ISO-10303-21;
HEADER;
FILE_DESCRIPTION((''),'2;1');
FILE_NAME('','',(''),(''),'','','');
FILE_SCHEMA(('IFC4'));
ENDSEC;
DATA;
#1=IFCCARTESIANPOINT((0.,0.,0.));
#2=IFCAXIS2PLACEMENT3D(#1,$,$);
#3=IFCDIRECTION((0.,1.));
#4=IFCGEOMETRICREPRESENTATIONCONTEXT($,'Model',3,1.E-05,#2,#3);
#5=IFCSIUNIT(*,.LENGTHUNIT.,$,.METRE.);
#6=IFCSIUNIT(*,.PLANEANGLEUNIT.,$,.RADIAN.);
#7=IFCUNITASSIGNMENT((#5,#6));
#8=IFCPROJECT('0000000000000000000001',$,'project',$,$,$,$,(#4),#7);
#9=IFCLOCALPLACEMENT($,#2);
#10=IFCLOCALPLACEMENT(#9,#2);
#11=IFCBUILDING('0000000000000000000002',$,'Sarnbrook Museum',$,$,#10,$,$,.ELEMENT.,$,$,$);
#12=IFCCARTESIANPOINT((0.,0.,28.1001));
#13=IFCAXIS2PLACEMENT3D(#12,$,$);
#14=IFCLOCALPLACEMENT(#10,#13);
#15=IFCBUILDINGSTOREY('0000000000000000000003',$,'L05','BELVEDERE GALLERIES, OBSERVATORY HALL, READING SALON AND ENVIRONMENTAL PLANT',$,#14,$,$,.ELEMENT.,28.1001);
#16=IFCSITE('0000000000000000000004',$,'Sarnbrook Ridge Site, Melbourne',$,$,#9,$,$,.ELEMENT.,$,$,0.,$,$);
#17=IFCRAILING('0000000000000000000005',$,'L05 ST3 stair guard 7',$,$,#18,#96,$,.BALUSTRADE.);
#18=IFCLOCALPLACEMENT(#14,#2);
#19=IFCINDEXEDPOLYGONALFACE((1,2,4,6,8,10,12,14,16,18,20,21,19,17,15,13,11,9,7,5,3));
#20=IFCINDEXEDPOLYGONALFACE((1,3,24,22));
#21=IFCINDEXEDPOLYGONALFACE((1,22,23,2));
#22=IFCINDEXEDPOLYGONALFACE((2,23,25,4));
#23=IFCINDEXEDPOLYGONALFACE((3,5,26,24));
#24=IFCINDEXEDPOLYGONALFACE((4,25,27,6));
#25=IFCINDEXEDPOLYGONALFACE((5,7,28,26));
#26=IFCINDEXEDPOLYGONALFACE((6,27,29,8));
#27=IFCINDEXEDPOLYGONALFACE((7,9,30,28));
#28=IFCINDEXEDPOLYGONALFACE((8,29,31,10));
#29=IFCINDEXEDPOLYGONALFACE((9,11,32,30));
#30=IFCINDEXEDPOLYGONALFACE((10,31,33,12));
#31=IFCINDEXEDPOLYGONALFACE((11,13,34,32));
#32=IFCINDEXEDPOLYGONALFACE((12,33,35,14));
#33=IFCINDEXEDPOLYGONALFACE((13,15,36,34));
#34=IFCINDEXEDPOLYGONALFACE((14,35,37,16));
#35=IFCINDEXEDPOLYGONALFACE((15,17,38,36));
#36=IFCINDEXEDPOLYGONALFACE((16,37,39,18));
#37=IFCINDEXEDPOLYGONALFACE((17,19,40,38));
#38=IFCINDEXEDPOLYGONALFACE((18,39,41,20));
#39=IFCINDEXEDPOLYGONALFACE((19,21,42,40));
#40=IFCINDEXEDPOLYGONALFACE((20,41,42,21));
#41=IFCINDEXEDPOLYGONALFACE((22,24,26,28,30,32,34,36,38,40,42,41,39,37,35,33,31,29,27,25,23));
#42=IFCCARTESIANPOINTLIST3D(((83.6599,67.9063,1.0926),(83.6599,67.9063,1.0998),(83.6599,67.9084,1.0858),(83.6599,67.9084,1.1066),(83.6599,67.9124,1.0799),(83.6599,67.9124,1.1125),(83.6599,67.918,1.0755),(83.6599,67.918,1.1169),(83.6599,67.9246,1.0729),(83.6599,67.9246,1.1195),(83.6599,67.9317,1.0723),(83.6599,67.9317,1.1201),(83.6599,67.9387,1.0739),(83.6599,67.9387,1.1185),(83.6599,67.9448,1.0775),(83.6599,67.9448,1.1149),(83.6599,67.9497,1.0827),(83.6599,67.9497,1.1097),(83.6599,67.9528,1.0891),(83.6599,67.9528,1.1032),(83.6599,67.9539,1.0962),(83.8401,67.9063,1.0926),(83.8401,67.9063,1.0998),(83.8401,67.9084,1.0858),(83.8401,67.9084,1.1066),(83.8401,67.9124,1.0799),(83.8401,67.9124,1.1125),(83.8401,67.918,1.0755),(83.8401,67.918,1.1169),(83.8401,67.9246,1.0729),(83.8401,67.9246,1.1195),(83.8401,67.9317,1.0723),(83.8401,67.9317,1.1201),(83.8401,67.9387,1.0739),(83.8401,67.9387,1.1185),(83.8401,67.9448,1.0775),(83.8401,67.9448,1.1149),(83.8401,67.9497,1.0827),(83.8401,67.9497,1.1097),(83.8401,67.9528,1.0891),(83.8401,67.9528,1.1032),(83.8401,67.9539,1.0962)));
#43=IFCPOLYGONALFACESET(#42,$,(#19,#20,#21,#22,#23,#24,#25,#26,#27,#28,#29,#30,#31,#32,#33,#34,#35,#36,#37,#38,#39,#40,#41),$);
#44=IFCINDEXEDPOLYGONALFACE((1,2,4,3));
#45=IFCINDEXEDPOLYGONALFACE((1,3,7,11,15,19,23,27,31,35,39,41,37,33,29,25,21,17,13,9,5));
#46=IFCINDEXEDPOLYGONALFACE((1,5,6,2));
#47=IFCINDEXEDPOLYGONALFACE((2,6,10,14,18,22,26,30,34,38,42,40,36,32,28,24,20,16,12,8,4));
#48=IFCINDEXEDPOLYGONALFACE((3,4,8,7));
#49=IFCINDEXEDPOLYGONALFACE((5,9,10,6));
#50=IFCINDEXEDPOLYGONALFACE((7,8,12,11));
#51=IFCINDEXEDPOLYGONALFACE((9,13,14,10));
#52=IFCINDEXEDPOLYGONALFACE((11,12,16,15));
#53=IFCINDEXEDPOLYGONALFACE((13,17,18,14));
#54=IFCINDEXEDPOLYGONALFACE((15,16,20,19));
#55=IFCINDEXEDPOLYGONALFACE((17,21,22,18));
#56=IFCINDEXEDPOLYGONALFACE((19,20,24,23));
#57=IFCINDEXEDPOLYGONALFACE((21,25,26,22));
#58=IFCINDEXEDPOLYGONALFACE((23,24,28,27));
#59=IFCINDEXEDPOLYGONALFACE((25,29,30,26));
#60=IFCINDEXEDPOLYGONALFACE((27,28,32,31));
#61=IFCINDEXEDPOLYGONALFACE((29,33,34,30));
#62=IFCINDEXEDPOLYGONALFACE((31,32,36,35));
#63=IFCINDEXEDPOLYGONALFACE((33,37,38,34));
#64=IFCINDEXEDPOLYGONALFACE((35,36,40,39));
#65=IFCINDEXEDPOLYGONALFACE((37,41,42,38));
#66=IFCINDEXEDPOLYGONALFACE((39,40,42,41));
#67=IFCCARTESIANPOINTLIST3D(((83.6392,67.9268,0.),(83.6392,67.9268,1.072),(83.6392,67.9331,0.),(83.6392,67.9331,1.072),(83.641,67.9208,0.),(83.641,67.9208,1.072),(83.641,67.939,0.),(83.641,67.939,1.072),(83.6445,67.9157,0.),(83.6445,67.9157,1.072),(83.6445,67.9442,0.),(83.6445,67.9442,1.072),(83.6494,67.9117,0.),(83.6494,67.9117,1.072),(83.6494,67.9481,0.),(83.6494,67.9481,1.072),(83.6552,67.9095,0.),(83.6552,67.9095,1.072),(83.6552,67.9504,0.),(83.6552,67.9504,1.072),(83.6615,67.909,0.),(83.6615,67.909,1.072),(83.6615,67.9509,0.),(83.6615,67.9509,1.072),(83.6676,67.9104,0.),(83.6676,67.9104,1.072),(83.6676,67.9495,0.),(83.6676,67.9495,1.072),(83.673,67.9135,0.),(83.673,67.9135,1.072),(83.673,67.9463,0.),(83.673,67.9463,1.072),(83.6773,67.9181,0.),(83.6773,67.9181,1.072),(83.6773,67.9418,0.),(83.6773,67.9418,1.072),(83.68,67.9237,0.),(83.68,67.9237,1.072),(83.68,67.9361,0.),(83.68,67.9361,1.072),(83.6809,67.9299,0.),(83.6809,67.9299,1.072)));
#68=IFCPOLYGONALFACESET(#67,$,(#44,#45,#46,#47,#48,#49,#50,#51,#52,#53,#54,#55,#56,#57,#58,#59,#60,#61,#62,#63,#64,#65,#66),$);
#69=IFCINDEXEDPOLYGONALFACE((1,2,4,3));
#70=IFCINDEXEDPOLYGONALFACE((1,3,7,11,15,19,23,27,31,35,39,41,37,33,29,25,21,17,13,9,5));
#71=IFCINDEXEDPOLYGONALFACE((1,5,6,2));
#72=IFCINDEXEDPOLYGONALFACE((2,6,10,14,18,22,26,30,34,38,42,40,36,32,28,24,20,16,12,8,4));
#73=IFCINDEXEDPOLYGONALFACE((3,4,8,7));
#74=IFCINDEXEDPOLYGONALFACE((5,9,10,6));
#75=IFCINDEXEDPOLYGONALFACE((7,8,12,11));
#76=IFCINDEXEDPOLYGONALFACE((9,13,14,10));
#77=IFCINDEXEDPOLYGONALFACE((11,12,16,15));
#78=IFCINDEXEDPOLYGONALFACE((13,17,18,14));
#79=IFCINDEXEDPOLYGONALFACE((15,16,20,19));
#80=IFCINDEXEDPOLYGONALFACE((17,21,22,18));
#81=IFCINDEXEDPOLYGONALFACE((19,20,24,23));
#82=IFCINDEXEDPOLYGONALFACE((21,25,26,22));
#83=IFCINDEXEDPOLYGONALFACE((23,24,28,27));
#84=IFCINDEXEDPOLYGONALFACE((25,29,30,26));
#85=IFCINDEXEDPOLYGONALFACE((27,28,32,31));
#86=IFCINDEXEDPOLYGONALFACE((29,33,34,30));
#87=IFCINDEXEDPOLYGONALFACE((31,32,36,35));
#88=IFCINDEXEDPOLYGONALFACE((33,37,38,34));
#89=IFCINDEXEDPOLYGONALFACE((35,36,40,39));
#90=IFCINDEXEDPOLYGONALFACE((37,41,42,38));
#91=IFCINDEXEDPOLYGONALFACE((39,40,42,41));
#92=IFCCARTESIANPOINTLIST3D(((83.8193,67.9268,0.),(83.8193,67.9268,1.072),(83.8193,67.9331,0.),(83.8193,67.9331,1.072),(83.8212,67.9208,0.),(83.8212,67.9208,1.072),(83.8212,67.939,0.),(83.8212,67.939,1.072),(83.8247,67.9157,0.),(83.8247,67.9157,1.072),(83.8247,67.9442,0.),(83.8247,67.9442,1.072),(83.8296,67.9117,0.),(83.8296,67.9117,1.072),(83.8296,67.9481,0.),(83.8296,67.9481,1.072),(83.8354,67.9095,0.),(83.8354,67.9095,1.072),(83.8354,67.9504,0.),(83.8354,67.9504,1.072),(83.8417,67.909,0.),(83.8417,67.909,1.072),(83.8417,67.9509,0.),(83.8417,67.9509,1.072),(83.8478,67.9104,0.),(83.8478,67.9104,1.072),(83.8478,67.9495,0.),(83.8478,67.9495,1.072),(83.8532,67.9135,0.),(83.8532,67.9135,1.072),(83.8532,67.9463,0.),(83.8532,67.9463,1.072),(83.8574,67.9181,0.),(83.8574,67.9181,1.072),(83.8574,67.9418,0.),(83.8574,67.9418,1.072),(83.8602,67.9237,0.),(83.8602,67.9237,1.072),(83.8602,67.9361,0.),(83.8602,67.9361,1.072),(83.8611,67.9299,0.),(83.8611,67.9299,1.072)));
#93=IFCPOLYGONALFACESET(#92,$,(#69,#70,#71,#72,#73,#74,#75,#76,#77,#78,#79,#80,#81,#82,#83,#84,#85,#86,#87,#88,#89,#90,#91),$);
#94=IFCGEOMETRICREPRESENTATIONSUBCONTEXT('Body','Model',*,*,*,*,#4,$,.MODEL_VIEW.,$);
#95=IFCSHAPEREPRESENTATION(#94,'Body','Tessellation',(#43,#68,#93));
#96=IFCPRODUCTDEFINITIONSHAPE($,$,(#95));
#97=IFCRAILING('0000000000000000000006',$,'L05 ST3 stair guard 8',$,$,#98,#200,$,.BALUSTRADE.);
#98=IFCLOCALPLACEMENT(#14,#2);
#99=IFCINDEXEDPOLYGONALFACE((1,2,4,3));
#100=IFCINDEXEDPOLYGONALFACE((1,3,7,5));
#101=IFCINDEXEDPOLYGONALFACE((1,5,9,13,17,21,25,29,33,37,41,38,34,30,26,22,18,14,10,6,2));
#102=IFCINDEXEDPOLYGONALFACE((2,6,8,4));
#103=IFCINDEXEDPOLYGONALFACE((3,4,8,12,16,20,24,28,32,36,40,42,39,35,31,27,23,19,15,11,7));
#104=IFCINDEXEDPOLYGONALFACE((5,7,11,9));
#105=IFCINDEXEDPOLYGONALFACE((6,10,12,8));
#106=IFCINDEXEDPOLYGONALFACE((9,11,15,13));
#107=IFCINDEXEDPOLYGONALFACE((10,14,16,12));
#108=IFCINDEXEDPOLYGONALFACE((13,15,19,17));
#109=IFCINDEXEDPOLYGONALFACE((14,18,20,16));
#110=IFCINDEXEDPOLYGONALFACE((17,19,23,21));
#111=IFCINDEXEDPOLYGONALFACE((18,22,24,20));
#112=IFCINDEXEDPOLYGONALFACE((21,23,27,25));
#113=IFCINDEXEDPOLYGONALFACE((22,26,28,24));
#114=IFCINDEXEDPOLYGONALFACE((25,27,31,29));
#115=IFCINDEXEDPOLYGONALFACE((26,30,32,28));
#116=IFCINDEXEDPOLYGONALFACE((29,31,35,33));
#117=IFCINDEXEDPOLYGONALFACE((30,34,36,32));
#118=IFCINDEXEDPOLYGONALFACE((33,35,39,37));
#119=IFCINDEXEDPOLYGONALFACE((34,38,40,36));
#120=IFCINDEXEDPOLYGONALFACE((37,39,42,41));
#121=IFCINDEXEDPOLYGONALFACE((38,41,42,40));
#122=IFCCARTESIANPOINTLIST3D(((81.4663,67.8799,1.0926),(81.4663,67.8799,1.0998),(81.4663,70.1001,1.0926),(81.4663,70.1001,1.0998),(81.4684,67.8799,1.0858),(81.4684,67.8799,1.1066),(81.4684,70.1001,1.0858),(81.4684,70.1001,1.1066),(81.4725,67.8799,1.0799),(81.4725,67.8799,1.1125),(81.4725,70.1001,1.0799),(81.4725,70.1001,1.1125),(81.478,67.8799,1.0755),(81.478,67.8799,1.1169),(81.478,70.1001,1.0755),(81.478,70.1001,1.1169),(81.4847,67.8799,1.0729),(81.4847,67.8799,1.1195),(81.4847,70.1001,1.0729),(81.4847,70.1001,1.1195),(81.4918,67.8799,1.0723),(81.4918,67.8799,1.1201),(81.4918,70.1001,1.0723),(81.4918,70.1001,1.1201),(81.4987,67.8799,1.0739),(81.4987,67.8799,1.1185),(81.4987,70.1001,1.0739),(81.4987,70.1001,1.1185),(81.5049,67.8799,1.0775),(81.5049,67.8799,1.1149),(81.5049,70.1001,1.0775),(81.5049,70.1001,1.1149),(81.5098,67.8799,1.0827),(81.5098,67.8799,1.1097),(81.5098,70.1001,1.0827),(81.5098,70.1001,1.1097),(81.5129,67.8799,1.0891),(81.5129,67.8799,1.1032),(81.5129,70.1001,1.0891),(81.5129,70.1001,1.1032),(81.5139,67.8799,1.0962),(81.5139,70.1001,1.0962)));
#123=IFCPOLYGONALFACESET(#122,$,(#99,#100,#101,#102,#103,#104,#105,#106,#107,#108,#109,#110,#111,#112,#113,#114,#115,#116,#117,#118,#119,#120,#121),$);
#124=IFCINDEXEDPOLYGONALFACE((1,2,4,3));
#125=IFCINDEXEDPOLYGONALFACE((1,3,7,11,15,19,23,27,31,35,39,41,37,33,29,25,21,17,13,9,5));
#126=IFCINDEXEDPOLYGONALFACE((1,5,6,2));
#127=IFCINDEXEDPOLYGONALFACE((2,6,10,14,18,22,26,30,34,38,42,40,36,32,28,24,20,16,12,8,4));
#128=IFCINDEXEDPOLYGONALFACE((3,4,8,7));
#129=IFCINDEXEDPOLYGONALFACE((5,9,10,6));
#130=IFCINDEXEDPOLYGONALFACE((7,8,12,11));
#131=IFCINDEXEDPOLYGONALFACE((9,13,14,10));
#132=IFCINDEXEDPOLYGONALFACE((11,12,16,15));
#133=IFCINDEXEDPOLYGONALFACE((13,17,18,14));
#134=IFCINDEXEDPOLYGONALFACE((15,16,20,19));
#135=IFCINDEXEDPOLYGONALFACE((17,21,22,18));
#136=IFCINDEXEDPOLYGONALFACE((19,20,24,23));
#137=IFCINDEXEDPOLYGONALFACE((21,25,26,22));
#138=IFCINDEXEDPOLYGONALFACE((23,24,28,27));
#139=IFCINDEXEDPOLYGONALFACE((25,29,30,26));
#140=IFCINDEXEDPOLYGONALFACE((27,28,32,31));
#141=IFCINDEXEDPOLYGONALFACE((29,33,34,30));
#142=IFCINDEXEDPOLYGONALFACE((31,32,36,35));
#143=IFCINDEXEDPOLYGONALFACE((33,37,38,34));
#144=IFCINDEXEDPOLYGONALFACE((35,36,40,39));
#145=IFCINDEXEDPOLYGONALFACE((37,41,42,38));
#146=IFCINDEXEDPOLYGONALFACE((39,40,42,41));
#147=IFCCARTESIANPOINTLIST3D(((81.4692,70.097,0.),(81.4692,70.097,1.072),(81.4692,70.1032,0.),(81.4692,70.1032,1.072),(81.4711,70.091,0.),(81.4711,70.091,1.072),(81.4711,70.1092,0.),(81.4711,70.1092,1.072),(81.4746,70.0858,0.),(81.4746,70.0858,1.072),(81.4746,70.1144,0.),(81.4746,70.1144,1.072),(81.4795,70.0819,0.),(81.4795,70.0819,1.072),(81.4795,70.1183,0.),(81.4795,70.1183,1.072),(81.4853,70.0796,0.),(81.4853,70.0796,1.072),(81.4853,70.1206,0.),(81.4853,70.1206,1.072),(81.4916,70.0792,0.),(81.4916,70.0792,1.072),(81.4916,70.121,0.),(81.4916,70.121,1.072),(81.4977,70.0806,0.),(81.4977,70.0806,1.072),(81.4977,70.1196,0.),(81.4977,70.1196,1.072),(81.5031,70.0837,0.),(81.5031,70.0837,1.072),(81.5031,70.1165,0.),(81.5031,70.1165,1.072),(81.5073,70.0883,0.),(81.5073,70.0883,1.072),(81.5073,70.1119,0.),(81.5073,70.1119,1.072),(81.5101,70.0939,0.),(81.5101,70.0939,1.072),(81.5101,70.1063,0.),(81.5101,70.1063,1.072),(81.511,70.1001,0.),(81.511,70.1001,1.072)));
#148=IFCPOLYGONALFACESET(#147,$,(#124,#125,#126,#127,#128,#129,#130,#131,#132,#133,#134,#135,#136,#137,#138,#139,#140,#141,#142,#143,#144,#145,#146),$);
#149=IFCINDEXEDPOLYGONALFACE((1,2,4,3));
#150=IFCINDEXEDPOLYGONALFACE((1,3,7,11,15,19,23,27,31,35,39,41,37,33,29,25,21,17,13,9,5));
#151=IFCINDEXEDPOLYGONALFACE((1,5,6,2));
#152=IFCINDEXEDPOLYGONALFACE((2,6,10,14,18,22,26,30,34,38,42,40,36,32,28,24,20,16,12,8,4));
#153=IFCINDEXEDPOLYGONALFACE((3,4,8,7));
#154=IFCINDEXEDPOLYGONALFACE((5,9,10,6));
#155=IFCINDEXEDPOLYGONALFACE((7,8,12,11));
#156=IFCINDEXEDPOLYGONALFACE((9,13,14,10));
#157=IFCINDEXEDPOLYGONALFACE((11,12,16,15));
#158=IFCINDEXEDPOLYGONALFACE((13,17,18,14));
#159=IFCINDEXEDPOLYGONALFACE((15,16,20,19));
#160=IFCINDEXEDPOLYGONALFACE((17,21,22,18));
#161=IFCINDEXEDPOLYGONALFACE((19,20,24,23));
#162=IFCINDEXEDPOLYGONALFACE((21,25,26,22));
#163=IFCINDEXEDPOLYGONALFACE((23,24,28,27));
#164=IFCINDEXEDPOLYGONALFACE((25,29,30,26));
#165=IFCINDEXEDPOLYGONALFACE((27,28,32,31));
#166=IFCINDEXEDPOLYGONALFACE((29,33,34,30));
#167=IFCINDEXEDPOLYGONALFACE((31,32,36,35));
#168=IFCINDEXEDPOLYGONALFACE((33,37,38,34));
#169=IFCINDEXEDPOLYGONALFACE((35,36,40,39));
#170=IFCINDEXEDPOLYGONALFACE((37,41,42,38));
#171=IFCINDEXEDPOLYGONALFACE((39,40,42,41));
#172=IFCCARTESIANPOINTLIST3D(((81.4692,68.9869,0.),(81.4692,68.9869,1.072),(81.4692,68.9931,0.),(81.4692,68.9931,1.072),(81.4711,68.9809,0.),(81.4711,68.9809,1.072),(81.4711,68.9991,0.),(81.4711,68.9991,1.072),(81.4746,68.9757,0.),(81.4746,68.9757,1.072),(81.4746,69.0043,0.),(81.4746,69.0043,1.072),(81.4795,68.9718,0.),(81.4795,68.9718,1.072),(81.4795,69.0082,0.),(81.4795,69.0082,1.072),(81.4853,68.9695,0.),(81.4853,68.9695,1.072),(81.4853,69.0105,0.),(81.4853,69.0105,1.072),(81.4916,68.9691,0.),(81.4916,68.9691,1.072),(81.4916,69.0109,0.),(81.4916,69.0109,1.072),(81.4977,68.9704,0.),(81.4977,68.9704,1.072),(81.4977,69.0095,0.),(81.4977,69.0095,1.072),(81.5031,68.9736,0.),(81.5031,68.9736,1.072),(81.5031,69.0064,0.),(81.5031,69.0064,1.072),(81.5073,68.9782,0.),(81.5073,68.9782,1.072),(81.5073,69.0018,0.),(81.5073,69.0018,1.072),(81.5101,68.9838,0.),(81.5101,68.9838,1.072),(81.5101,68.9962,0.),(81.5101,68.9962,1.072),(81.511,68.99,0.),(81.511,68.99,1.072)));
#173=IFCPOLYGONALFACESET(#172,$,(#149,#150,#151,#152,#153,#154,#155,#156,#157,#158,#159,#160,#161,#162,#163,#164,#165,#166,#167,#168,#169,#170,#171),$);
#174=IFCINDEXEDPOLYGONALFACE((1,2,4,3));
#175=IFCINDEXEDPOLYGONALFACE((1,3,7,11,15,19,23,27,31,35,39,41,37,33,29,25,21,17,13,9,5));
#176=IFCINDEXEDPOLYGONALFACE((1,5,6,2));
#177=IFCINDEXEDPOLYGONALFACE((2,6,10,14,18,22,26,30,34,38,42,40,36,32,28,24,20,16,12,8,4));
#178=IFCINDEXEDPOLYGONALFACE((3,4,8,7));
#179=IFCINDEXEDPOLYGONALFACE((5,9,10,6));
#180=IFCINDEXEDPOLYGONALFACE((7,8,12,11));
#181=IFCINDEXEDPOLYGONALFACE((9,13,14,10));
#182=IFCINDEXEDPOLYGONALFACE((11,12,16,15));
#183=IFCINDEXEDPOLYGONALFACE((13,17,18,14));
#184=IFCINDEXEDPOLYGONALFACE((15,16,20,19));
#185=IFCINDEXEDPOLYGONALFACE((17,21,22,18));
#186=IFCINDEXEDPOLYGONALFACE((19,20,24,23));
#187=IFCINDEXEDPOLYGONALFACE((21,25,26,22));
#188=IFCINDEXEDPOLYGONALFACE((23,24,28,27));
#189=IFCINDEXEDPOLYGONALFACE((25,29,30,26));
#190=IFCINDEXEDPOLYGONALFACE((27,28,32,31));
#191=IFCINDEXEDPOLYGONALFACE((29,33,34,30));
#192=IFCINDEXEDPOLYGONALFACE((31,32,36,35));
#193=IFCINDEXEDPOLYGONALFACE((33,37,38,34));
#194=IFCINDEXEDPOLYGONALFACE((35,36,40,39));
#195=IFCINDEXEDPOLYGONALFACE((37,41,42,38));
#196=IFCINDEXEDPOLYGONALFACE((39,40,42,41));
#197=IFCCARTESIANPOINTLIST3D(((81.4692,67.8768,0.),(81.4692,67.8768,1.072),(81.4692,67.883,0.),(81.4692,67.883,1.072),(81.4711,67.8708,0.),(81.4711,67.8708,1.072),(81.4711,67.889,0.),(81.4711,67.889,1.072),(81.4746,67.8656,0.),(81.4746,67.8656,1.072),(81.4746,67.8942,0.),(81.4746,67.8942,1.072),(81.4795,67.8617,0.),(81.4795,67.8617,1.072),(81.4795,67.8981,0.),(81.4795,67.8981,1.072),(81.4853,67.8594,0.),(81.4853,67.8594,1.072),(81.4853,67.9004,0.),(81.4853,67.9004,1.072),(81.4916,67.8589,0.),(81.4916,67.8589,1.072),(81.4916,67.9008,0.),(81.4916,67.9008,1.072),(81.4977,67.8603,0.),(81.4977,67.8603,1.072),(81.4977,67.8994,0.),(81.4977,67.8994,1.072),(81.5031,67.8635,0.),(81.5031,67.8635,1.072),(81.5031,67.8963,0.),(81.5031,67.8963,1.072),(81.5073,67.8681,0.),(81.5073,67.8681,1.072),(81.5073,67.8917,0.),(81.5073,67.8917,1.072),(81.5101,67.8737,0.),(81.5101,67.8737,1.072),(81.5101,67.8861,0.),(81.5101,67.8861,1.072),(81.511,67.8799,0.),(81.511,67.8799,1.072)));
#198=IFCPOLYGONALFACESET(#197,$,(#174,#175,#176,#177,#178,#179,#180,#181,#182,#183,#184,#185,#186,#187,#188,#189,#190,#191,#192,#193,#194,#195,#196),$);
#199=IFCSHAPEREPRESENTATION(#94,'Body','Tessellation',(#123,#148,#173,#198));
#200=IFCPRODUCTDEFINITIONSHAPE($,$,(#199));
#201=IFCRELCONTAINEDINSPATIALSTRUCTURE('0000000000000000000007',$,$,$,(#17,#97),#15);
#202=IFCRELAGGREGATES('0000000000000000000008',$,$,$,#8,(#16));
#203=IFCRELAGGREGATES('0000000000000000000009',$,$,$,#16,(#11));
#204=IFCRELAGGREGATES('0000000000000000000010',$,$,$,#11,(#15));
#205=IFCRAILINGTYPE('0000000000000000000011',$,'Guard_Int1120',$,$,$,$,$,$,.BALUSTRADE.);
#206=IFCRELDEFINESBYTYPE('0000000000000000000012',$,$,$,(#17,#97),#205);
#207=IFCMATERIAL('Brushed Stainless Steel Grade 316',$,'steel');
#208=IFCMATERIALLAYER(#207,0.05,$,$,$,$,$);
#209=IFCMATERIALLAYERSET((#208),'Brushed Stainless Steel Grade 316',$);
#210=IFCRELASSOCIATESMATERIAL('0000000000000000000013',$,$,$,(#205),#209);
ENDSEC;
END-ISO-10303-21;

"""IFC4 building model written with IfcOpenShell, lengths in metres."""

from ifc_helpers import new_model, si_unit, direction, frame, origin, origin_2d, place, context, subcontext, project, spatial, circle, extrude, material, layer, layer_set, type_object, element, save


model = new_model("IFC4")

# Units and contexts
model_context = context("Model", 3, precision=1e-05, world=origin(), true_north=direction((0.0, 1.0)))
body_context = subcontext(model_context, "Body", "Model", "MODEL_VIEW")
ifc_project = project(units=[si_unit("LENGTHUNIT", "METRE"), si_unit("PLANEANGLEUNIT", "RADIAN")], contexts=[model_context])

# Site, building, storey
site_placement = place(None, origin())
site = spatial("IfcSite", under=ifc_project, at=site_placement, Name="Sarnbrook Ridge Site, Melbourne", CompositionType="ELEMENT", RefElevation=0.0)
building_placement = place(site_placement, origin())
building = spatial("IfcBuilding", under=site, at=building_placement, Name="Sarnbrook Museum", CompositionType="ELEMENT")
storey_placement = place(building_placement, frame((0.0, 0.0, 28.1001)))
storey = spatial("IfcBuildingStorey", under=building, at=storey_placement, Name="L05", Description="BELVEDERE GALLERIES, OBSERVATORY HALL, READING SALON AND ENVIRONMENTAL PLANT", CompositionType="ELEMENT", Elevation=28.1001)

# Shared definitions
ifc_material_1 = material(Name="Brushed Stainless Steel Grade 316", Category="steel")

# Railings
ifc_layer_1 = layer(ifc_material_1, 0.05)
ifc_layer_set_1 = layer_set([ifc_layer_1], Name="Brushed Stainless Steel Grade 316")
railing_type_1 = type_object("IfcRailingType", Name="Guard_Int1120", PredefinedType="BALUSTRADE", material=ifc_layer_set_1)
railing_1_placement = place(storey_placement, frame((83.6599, 67.9299, 0.0)))
element("IfcRailing", 1, at=railing_1_placement, inside=storey, type_object=railing_type_1, Name="L05 ST3 stair guard 7", PredefinedType="BALUSTRADE", context=body_context, shape_type="SweptSolid", body=[
    extrude(circle(Radius=0.0239, at=origin_2d()), frame((0.0, 0.0, 1.0962), z_axis=(1.0, 0.0, 0.0), x_axis=(0.0, 1.0, 0.0)), (0.0, 0.0, 1.0), 0.1802),
    extrude(circle(Radius=0.021, at=origin_2d()), origin(), (0.0, 0.0, 1.0), 1.072),
    extrude(circle(Radius=0.021, at=origin_2d()), frame((0.1802, 0.0, 0.0)), (0.0, 0.0, 1.0), 1.072),
])
railing_2_placement = place(storey_placement, frame((81.49, 70.1001, 0.0)))
element("IfcRailing", 2, at=railing_2_placement, inside=storey, type_object=railing_type_1, Name="L05 ST3 stair guard 8", PredefinedType="BALUSTRADE", context=body_context, shape_type="SweptSolid", body=[
    extrude(circle(Radius=0.0239, at=origin_2d()), frame((0.0, 0.0, 1.0962), z_axis=(0.0, -1.0, 0.0), x_axis=(1.0, 0.0, 0.0)), (0.0, 0.0, 1.0), 2.2202),
    extrude(circle(Radius=0.021, at=origin_2d()), origin(), (0.0, 0.0, 1.0), 1.072),
    extrude(circle(Radius=0.021, at=origin_2d()), frame((0.0, -1.1101, 0.0)), (0.0, 0.0, 1.0), 1.072),
    extrude(circle(Radius=0.021, at=origin_2d()), frame((0.0, -2.2202, 0.0)), (0.0, 0.0, 1.0), 1.072),
])

save(model, "model.ifc")
